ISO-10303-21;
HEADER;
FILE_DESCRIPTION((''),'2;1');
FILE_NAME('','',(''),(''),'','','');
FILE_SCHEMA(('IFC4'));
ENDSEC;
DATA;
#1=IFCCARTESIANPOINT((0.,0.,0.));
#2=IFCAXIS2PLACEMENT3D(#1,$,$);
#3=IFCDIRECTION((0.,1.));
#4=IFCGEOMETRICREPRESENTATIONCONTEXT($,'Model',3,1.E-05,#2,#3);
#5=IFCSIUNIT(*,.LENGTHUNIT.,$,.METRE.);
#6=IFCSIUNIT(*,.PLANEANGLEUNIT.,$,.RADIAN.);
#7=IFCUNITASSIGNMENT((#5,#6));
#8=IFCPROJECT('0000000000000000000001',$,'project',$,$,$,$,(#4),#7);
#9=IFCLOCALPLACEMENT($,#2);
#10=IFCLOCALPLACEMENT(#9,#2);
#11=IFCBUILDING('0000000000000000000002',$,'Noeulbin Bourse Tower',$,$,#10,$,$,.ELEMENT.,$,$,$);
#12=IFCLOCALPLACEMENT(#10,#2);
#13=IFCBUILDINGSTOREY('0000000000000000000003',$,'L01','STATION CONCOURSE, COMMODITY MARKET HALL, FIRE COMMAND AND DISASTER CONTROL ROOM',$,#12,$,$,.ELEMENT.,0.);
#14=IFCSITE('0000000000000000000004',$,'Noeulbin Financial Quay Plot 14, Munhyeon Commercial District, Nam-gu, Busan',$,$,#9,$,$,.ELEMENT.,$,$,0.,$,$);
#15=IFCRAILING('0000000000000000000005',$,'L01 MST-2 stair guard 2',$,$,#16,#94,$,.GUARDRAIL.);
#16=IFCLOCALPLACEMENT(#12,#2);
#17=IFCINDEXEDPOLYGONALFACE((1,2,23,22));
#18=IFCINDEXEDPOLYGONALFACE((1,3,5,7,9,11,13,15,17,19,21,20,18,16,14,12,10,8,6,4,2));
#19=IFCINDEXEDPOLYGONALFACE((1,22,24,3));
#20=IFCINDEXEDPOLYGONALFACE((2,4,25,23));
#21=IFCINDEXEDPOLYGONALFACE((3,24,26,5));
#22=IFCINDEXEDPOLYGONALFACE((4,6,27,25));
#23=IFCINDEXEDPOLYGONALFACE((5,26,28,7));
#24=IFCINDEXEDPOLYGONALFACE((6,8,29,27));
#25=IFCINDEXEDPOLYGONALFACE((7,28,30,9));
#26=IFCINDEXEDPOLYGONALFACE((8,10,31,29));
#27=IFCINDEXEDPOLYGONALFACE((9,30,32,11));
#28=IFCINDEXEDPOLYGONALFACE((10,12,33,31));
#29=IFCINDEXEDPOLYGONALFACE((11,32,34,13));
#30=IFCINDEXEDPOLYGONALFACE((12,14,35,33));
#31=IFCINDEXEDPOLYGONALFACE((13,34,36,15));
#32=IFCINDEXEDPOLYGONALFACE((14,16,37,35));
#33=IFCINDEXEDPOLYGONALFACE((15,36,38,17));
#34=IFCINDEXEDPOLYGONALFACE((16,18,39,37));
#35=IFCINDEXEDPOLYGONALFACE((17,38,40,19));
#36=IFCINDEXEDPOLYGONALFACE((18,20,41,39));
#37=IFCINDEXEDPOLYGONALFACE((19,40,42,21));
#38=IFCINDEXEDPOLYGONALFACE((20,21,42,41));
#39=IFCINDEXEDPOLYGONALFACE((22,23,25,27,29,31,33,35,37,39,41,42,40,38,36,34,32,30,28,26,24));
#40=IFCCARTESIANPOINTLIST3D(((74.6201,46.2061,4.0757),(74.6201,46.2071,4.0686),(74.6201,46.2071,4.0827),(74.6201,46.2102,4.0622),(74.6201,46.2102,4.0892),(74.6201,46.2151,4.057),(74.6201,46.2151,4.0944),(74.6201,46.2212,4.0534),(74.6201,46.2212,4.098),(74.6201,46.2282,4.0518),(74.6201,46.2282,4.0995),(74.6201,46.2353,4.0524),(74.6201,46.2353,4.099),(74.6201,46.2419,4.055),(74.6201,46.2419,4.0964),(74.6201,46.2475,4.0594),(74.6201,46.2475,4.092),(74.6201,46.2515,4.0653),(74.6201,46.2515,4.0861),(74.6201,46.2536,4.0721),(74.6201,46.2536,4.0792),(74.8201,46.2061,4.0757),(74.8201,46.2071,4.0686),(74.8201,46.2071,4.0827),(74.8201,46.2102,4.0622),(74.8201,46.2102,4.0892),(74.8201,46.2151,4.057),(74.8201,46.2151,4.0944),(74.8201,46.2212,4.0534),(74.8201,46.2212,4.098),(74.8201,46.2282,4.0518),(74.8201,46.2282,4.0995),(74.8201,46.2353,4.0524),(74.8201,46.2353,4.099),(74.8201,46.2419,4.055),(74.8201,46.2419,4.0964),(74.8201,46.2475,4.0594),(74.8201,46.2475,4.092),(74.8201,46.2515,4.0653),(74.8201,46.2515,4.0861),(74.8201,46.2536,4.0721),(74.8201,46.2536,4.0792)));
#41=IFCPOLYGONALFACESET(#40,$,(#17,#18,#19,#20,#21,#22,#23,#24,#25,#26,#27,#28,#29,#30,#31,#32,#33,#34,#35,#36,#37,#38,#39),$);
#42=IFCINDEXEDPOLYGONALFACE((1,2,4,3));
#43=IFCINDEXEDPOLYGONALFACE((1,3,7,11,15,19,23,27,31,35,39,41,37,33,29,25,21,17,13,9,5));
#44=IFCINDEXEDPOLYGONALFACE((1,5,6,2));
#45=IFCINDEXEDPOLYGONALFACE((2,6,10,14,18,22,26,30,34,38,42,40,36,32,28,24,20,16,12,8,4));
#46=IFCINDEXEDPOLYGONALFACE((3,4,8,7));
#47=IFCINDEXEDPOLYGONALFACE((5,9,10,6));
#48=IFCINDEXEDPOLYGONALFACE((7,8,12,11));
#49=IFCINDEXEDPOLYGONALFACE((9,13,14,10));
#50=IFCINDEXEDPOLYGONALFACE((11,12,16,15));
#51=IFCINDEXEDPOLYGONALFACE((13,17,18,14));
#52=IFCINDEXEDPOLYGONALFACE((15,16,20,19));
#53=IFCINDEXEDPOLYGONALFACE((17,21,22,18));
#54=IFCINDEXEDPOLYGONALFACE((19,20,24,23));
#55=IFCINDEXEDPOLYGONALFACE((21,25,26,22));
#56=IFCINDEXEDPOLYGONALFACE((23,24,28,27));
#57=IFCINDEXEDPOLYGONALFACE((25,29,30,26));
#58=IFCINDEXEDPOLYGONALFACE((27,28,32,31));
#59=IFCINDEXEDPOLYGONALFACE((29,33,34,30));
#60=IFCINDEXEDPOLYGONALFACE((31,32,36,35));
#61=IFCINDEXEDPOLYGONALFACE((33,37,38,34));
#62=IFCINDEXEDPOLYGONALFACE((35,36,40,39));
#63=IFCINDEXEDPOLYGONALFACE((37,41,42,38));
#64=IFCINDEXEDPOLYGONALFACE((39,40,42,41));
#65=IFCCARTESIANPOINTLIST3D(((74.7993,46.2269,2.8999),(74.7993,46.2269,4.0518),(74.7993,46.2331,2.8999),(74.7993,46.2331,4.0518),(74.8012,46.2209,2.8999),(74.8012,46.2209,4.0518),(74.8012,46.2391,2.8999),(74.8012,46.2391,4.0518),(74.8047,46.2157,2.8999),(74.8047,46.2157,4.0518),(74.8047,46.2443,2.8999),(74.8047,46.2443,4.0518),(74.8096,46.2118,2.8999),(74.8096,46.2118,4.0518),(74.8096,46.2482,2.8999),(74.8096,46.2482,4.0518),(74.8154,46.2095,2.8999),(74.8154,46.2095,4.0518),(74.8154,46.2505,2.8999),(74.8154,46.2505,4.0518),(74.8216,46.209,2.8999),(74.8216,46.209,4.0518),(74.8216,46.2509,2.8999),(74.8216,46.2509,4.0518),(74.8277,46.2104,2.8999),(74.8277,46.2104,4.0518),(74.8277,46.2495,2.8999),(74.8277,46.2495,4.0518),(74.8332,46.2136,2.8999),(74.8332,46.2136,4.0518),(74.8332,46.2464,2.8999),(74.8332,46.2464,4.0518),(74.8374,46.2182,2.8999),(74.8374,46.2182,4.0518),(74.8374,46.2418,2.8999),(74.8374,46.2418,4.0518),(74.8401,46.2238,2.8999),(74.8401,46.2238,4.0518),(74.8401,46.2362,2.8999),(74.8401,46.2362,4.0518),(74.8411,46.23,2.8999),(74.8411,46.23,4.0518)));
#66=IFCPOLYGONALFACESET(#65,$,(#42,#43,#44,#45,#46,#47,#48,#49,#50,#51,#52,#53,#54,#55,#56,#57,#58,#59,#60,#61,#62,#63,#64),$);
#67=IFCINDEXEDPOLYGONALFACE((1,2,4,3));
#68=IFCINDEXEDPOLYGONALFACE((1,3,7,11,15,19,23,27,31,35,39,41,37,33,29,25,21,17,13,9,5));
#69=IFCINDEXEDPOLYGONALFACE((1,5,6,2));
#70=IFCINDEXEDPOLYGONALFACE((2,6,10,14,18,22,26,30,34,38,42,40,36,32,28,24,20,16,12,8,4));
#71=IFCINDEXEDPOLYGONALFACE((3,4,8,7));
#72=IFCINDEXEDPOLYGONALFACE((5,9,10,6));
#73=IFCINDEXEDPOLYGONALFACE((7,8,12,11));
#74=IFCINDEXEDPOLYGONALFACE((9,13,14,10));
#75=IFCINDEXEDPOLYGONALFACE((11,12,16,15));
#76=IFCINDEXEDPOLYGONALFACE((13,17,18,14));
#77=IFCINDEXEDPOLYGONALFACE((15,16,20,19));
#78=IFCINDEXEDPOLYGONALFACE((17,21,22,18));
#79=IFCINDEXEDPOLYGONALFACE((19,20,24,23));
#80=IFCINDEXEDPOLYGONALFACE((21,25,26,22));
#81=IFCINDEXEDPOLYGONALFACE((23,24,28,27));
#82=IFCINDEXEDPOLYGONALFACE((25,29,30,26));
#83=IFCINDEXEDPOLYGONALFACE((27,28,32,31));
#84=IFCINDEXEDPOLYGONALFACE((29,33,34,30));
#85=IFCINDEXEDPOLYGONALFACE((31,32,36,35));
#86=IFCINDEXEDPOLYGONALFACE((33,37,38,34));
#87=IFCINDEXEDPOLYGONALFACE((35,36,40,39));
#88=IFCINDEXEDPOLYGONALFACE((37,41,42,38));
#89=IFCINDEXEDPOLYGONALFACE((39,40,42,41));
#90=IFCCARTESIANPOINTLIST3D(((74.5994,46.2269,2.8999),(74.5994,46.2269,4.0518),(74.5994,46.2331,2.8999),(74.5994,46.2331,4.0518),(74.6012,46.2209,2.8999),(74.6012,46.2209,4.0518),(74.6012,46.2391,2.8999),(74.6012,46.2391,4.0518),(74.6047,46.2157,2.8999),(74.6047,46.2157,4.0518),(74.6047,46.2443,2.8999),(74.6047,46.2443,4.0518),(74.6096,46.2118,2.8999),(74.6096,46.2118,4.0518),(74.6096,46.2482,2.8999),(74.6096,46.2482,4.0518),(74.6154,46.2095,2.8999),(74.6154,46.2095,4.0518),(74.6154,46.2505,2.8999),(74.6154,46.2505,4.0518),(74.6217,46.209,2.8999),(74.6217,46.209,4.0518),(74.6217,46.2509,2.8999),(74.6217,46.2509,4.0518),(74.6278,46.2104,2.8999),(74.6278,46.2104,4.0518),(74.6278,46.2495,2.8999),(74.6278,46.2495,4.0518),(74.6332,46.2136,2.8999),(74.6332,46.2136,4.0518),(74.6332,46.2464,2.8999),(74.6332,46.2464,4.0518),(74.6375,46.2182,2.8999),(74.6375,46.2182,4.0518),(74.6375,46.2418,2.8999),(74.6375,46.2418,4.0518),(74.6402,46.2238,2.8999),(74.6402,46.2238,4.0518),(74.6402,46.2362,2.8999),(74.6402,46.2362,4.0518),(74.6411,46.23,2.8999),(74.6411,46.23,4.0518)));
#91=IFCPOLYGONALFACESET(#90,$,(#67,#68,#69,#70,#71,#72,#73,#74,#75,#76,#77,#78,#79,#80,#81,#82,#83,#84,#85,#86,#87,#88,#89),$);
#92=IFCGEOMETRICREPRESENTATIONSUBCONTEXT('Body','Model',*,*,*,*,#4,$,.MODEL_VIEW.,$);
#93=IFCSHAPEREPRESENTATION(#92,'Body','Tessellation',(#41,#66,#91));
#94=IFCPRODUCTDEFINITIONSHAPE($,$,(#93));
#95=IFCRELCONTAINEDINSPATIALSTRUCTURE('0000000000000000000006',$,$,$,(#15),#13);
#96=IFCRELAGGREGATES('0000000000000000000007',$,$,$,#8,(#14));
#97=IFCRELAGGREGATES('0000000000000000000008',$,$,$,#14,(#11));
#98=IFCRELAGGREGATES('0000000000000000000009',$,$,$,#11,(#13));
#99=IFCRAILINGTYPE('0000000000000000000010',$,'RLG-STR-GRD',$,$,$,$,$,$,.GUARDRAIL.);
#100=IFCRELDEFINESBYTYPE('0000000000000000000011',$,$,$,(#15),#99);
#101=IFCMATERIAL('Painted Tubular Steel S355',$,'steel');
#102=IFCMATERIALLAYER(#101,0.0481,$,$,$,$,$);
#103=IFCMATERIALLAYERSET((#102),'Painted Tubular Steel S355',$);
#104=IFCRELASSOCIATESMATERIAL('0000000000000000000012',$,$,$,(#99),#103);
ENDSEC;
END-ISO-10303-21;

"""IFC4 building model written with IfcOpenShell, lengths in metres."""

from ifc_helpers import new_model, si_unit, direction, frame, origin, origin_2d, place, context, subcontext, project, spatial, circle, extrude, material, layer, layer_set, type_object, element, save


model = new_model("IFC4")

# Units and contexts
model_context = context("Model", 3, precision=1e-05, world=origin(), true_north=direction((0.0, 1.0)))
body_context = subcontext(model_context, "Body", "Model", "MODEL_VIEW")
ifc_project = project(units=[si_unit("LENGTHUNIT", "METRE"), si_unit("PLANEANGLEUNIT", "RADIAN")], contexts=[model_context])

# Site, building, storey
site_placement = place(None, origin())
site = spatial("IfcSite", under=ifc_project, at=site_placement, Name="Noeulbin Financial Quay Plot 14, Munhyeon Commercial District, Nam-gu, Busan", CompositionType="ELEMENT", RefElevation=0.0)
building_placement = place(site_placement, origin())
building = spatial("IfcBuilding", under=site, at=building_placement, Name="Noeulbin Bourse Tower", CompositionType="ELEMENT")
storey_placement = place(building_placement, origin())
storey = spatial("IfcBuildingStorey", under=building, at=storey_placement, Name="L01", Description="STATION CONCOURSE, COMMODITY MARKET HALL, FIRE COMMAND AND DISASTER CONTROL ROOM", CompositionType="ELEMENT", Elevation=0.0)

# Railing
ifc_material_1 = material(Name="Painted Tubular Steel S355", Category="steel")
ifc_layer_1 = layer(ifc_material_1, 0.0481)
ifc_layer_set_1 = layer_set([ifc_layer_1], Name="Painted Tubular Steel S355")
railing_type_1 = type_object("IfcRailingType", Name="RLG-STR-GRD", PredefinedType="GUARDRAIL", material=ifc_layer_set_1)
railing_1_placement = place(storey_placement, frame((74.8201, 46.23, 2.8999)))
element("IfcRailing", 1, at=railing_1_placement, inside=storey, type_object=railing_type_1, Name="L01 MST-2 stair guard 2", PredefinedType="GUARDRAIL", context=body_context, shape_type="SweptSolid", body=[
    extrude(circle(Radius=0.0239, at=origin_2d()), frame((0.0, 0.0, 1.1758), z_axis=(-1.0, 0.0, 0.0), x_axis=(0.0, -1.0, 0.0)), (0.0, 0.0, 1.0), 0.2),
    extrude(circle(Radius=0.021, at=origin_2d()), origin(), (0.0, 0.0, 1.0), 1.1519),
    extrude(circle(Radius=0.021, at=origin_2d()), frame((-0.2, 0.0, 0.0)), (0.0, 0.0, 1.0), 1.1519),
])

save(model, "model.ifc")
